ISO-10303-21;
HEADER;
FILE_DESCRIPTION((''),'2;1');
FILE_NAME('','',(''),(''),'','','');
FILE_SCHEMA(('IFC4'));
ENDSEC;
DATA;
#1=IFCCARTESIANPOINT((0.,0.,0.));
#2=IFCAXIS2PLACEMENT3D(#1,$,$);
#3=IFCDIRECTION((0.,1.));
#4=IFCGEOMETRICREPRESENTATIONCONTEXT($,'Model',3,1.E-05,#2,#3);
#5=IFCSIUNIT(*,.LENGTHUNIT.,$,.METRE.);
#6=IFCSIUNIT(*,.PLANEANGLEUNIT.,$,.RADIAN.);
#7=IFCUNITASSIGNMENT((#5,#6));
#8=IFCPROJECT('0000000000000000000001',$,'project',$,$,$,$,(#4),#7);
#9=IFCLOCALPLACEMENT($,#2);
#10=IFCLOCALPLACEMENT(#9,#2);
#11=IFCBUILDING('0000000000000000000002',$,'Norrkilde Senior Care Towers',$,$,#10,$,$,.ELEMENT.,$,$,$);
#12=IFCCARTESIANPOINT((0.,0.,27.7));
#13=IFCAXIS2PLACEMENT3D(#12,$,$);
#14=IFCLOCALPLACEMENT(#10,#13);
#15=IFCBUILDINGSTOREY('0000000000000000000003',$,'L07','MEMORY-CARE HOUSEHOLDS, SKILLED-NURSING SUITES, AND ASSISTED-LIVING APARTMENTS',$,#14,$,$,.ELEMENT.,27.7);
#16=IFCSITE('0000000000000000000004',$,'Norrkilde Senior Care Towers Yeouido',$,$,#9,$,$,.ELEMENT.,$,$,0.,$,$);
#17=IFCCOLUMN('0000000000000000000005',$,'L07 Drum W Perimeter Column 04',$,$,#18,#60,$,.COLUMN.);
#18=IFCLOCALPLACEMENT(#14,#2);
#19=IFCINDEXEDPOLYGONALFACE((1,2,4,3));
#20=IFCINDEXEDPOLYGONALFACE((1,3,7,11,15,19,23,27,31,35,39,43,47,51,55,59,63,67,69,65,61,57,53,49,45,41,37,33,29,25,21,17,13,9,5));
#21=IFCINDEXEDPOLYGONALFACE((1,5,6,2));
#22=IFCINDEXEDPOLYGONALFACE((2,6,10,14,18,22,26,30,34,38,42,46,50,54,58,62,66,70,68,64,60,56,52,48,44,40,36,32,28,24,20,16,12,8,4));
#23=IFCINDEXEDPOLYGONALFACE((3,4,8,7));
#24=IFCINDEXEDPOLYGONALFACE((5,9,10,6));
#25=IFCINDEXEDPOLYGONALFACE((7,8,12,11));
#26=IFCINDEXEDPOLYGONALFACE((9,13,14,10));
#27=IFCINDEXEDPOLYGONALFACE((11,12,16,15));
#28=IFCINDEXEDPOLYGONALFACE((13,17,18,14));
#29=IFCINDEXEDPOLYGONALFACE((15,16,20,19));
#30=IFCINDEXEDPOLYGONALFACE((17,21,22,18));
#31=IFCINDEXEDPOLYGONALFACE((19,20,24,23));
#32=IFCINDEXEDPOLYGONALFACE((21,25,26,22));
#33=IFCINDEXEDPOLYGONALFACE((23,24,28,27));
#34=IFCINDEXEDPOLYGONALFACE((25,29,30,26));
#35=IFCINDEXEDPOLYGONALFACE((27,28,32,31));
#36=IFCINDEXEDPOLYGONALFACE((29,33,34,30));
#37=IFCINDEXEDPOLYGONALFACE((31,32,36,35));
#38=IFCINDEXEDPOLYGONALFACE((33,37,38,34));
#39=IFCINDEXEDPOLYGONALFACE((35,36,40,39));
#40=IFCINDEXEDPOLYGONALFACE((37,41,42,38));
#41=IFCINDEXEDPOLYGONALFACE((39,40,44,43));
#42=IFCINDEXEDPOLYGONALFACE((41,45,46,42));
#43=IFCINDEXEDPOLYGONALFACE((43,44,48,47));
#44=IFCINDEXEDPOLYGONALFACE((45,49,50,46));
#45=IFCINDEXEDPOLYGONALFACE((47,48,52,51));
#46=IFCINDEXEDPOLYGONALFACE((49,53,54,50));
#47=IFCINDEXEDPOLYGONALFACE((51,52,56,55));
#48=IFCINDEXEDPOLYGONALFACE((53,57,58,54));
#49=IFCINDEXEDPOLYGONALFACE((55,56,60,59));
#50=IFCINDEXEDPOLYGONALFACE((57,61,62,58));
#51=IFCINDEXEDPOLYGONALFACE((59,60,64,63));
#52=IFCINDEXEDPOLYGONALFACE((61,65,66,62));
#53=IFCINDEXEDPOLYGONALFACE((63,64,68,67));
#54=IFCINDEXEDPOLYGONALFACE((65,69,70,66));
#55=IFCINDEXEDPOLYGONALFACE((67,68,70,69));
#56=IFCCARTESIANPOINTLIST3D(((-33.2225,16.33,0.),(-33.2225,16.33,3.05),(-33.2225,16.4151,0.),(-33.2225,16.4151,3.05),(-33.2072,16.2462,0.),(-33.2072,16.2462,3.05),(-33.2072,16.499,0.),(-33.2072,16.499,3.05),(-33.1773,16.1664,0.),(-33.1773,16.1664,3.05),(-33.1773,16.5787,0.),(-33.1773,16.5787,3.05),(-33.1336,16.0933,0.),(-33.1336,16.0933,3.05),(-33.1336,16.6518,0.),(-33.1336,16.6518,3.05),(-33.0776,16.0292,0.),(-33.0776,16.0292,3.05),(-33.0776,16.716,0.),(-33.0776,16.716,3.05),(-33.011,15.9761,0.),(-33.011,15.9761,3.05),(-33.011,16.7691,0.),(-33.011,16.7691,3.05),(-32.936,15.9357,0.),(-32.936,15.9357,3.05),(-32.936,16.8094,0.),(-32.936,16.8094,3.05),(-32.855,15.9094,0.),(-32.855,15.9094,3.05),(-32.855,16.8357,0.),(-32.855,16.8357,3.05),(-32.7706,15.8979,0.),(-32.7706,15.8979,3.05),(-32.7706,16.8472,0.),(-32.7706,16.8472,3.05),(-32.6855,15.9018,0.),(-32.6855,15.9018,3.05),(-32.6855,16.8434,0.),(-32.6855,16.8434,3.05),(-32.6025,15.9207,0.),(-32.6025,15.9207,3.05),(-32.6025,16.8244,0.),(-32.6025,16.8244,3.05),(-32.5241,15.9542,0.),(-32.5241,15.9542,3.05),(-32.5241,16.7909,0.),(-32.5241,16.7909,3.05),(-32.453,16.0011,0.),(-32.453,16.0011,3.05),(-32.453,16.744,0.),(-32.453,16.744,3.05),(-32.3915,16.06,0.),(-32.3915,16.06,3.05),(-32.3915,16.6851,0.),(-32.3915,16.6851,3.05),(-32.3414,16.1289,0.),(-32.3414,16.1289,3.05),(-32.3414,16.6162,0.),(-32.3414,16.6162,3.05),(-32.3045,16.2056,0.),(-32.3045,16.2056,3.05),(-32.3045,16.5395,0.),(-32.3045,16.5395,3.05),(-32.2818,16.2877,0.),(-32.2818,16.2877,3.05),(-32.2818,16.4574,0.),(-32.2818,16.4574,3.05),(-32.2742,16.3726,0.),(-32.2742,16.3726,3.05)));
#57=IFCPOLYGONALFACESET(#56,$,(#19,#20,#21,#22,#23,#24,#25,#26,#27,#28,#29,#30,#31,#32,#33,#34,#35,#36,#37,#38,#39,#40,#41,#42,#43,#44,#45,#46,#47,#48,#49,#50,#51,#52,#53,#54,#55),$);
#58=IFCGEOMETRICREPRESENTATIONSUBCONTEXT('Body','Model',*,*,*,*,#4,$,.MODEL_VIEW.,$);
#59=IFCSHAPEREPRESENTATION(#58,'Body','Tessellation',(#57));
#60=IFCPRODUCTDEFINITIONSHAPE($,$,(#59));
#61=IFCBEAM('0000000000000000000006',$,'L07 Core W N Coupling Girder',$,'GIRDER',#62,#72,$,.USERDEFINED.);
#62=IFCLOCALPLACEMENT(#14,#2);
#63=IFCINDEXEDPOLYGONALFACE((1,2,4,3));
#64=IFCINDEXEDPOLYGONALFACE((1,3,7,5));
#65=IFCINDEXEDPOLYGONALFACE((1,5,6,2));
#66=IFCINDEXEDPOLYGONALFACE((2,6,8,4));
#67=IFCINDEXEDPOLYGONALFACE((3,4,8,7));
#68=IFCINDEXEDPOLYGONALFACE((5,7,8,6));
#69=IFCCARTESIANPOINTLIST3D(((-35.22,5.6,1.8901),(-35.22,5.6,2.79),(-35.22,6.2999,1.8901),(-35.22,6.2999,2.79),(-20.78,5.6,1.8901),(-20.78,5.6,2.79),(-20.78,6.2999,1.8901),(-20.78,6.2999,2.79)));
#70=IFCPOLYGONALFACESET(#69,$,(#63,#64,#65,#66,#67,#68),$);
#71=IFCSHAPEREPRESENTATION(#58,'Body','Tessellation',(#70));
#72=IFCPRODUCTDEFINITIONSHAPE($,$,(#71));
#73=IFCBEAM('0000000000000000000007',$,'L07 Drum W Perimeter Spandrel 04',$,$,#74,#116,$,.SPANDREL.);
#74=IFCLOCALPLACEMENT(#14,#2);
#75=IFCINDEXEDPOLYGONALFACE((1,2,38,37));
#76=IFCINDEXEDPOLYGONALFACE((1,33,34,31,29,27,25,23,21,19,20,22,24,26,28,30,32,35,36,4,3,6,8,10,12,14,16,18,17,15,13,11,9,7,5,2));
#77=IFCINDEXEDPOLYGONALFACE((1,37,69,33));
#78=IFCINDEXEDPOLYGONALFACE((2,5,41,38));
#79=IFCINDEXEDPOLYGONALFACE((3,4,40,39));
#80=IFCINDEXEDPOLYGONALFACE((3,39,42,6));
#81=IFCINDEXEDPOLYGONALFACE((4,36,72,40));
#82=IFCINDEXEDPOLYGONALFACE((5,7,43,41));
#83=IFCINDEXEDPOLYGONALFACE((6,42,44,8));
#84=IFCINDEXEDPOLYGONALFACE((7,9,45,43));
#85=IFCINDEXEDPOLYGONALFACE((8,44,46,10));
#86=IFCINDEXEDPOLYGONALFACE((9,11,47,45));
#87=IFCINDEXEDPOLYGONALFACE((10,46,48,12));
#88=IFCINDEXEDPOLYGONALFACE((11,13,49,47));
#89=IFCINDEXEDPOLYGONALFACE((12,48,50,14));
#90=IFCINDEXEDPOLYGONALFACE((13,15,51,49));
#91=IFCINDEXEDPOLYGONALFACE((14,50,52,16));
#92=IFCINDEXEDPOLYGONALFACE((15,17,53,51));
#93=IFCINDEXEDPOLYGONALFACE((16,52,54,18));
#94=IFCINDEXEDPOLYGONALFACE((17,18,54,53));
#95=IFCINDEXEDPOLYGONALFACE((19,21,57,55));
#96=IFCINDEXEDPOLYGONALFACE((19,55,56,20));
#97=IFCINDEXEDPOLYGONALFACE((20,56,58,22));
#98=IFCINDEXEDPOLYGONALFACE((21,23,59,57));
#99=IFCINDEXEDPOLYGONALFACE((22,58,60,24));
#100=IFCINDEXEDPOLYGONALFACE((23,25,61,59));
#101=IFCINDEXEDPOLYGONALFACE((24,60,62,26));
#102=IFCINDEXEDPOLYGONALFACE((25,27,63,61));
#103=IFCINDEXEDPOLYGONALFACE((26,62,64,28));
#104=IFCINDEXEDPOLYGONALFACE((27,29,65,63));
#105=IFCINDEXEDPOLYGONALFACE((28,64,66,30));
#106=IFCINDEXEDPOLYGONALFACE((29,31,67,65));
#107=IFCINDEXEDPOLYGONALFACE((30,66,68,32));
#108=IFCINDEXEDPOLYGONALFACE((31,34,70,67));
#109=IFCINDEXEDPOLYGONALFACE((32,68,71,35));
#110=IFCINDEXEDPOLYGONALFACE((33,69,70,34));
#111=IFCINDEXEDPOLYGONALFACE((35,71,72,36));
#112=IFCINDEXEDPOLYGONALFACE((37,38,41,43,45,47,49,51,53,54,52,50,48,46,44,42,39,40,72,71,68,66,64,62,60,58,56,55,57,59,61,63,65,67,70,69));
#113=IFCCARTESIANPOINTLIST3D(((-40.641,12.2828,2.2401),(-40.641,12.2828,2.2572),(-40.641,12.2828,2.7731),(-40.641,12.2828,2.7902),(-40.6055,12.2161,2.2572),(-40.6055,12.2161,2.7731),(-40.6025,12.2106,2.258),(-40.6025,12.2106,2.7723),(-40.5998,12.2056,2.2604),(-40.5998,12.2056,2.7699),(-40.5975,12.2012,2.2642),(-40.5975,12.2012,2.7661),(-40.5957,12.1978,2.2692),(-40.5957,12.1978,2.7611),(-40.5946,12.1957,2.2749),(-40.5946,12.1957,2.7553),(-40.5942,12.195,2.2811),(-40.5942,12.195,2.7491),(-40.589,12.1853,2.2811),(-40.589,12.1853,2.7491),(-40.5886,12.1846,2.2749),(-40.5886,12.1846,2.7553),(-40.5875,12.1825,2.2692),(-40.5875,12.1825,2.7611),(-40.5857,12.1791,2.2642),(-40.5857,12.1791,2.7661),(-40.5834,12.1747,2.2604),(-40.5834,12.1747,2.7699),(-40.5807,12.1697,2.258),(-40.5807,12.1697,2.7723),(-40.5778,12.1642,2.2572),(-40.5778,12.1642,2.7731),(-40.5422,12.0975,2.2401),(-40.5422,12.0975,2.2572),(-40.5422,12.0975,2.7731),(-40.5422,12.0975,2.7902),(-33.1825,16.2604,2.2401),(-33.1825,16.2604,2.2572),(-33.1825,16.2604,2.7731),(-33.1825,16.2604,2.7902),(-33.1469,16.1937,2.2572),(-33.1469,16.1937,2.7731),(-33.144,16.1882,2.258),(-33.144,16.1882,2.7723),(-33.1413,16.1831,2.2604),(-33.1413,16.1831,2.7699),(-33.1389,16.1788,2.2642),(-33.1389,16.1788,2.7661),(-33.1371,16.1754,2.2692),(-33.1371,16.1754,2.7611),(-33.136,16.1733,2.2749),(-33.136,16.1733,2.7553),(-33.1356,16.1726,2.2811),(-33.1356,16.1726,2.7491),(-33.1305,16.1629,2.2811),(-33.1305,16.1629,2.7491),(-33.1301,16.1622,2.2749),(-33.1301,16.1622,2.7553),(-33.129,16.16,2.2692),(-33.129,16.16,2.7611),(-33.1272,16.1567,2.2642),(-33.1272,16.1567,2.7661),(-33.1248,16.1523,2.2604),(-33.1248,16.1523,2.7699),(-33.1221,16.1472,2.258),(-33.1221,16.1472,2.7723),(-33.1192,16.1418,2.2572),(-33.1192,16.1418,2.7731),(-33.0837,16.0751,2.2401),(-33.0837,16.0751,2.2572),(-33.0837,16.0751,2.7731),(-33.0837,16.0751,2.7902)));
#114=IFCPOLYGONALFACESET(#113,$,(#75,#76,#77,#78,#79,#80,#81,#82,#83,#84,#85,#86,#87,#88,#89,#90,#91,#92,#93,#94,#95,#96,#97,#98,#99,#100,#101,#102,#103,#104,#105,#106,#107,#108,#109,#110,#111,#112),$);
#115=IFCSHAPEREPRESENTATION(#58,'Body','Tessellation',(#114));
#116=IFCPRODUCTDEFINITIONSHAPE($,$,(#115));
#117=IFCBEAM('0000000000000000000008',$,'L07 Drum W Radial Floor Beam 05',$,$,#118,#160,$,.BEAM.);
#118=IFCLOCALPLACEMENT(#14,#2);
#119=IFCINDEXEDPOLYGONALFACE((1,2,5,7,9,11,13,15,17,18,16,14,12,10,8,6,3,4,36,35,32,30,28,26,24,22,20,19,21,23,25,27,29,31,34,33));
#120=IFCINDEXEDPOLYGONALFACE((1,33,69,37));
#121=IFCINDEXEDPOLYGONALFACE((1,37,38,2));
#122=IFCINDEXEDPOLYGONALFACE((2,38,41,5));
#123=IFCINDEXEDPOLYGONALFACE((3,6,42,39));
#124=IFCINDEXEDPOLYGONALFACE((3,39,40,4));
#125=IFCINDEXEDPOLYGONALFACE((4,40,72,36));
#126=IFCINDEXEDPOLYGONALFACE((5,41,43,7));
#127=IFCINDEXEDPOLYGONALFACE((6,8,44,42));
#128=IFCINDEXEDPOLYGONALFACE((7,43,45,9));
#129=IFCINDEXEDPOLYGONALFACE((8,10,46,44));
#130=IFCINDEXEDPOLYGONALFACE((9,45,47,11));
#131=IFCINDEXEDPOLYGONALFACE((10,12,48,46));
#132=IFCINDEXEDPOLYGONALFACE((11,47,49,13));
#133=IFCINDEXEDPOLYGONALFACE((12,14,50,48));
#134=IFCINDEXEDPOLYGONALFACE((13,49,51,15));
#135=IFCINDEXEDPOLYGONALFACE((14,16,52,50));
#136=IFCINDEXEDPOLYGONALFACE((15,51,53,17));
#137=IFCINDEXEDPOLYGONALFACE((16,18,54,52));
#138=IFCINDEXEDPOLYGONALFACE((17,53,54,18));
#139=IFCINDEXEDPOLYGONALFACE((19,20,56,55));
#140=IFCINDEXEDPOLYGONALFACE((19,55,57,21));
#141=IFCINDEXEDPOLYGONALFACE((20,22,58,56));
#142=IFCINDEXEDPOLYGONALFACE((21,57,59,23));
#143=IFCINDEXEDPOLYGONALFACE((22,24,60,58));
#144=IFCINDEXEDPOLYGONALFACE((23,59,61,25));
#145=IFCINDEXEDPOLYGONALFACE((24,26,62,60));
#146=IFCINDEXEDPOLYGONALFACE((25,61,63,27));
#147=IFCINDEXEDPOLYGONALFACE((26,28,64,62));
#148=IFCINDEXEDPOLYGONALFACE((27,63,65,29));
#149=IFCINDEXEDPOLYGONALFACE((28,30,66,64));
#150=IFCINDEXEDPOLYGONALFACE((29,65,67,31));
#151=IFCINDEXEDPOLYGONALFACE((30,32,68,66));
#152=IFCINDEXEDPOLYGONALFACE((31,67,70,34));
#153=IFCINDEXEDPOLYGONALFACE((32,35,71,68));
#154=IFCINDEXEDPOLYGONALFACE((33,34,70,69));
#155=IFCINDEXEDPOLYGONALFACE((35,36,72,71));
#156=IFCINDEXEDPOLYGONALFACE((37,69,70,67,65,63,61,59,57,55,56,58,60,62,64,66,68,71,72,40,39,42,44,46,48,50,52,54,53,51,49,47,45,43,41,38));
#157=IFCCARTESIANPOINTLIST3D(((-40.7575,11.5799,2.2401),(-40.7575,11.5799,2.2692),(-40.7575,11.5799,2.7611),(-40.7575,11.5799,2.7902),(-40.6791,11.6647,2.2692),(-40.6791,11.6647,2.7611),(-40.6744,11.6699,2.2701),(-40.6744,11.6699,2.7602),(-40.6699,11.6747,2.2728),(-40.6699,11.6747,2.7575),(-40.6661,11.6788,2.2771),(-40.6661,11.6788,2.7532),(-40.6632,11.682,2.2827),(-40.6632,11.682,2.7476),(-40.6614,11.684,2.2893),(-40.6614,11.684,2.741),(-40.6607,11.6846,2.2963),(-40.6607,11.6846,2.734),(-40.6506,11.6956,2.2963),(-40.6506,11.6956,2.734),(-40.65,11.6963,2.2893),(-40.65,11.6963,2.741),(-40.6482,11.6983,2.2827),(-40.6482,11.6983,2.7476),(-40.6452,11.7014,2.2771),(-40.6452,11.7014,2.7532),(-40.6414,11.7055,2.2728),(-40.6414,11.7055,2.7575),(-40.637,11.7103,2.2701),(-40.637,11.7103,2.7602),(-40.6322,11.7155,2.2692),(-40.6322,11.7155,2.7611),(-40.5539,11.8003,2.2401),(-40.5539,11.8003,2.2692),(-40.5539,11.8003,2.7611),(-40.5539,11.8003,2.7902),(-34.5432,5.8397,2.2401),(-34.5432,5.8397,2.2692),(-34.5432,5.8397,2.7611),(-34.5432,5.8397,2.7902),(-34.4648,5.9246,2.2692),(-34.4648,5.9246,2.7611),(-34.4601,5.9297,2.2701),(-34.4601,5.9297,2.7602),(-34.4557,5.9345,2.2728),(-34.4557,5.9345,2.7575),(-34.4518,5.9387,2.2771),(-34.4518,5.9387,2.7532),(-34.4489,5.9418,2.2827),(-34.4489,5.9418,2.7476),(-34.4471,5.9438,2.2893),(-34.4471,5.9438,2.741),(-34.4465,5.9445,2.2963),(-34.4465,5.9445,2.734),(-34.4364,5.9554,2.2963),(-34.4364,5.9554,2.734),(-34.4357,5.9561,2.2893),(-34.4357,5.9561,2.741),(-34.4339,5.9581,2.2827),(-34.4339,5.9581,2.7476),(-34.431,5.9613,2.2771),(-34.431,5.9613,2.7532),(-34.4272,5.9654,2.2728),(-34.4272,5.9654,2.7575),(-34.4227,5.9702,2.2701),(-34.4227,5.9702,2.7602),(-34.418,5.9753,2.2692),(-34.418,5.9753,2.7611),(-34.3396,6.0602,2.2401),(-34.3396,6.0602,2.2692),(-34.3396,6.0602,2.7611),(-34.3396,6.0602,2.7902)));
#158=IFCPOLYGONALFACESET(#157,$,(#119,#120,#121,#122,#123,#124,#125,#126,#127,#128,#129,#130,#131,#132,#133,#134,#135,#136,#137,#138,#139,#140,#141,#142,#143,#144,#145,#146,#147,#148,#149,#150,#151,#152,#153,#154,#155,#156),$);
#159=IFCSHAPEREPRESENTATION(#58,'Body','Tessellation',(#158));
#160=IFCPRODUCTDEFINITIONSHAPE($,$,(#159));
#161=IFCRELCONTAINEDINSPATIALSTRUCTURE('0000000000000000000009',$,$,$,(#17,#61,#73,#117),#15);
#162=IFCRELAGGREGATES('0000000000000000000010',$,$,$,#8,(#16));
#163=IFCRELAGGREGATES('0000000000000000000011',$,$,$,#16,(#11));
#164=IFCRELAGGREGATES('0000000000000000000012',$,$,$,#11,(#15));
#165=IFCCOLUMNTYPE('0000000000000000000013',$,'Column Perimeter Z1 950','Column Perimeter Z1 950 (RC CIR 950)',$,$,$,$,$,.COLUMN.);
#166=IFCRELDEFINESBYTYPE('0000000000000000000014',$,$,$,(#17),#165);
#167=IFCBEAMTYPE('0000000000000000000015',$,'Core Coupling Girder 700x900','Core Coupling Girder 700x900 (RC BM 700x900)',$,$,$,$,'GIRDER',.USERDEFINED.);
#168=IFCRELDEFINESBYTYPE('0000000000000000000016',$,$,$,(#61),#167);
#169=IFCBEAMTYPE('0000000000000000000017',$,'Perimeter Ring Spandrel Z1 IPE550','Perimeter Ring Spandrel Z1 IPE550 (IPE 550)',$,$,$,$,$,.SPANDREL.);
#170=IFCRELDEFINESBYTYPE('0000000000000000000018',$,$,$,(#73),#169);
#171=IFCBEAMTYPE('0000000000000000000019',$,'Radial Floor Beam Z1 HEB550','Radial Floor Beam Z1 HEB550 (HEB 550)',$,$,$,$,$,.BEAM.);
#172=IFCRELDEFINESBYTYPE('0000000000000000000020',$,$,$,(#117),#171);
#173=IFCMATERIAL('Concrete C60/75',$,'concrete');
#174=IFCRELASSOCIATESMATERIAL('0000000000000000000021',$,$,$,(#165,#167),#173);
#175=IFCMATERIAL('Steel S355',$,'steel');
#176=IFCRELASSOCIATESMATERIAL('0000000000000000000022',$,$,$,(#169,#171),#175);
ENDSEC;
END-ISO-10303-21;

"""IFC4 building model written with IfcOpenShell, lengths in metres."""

from ifc_helpers import new_model, si_unit, direction, frame, origin, origin_2d, place, context, subcontext, project, spatial, rectangle, circle, i_section, extrude, source, transform, mapped, material, material_profile, profile_set, type_object, type_shapes, element, save


model = new_model("IFC4")

# Units and contexts
model_context = context("Model", 3, precision=1e-05, world=origin(), true_north=direction((0.0, 1.0)))
body_context = subcontext(model_context, "Body", "Model", "MODEL_VIEW")
ifc_project = project(units=[si_unit("LENGTHUNIT", "METRE"), si_unit("PLANEANGLEUNIT", "RADIAN")], contexts=[model_context])

# Site, building, storey
site_placement = place(None, origin())
site = spatial("IfcSite", under=ifc_project, at=site_placement, Name="Norrkilde Senior Care Towers Yeouido", CompositionType="ELEMENT", RefElevation=0.0)
building_placement = place(site_placement, origin())
building = spatial("IfcBuilding", under=site, at=building_placement, Name="Norrkilde Senior Care Towers", CompositionType="ELEMENT")
storey_placement = place(building_placement, frame((0.0, 0.0, 27.7)))
storey = spatial("IfcBuildingStorey", under=building, at=storey_placement, Name="L07", Description="MEMORY-CARE HOUSEHOLDS, SKILLED-NURSING SUITES, AND ASSISTED-LIVING APARTMENTS", CompositionType="ELEMENT", Elevation=27.7)

# Column
ifc_material_1 = material(Name="Concrete C60/75", Category="concrete")
ifc_material_profile_1 = material_profile(ifc_material_1, circle(Radius=0.4751, at=origin_2d()), Name="RC CIR 950")
ifc_profile_set_1 = profile_set([ifc_material_profile_1], Name="Concrete C60/75")
column_type = type_object("IfcColumnType", Name="Column Perimeter Z1 950", Description="Column Perimeter Z1 950 (RC CIR 950)", PredefinedType="COLUMN", material=ifc_profile_set_1)
shared_shape_1 = source(origin(), body_context, "Body", "SweptSolid", [
    extrude(circle(Radius=0.4751, at=origin_2d()), origin(), (0.0, 0.0, 1.0), 3.05),
])
type_shapes(column_type, [shared_shape_1])
column_placement = place(storey_placement, frame((-32.7493, 16.3726, 0.0), z_axis=(0.0, 0.0, 1.0), x_axis=(1.0, 0.0, 0.0)))
element("IfcColumn", 1, at=column_placement, inside=storey, type_object=column_type, Name="L07 Drum W Perimeter Column 04", PredefinedType="COLUMN", context=body_context, shape_type="MappedRepresentation", body=[
    mapped(shared_shape_1, transform((0.0, 0.0, 0.0), x_axis=(1.0, 0.0, 0.0), y_axis=(0.0, 1.0, 0.0), z_axis=(0.0, 0.0, 1.0), scale=1.0)),
])

# Beams
ifc_material_profile_2 = material_profile(ifc_material_1, rectangle(XDim=0.7, YDim=0.8999, at=origin_2d()), Name="RC BM 700x900")
ifc_profile_set_2 = profile_set([ifc_material_profile_2], Name="Concrete C60/75")
beam_type_1 = type_object("IfcBeamType", Name="Core Coupling Girder 700x900", Description="Core Coupling Girder 700x900 (RC BM 700x900)", ElementType="GIRDER", PredefinedType="USERDEFINED", material=ifc_profile_set_2)
shared_shape_2 = source(origin(), body_context, "Body", "SweptSolid", [
    extrude(rectangle(XDim=0.7, YDim=0.8999, at=origin_2d()), origin(), (0.0, 0.0, 1.0), 14.4399),
])
type_shapes(beam_type_1, [shared_shape_2])
beam_1_placement = place(storey_placement, frame((-35.22, 5.95, 2.3401), z_axis=(1.0, 0.0, 0.0), x_axis=(0.0, 1.0, 0.0)))
element("IfcBeam", 2, at=beam_1_placement, inside=storey, type_object=beam_type_1, Name="L07 Core W N Coupling Girder", ObjectType="GIRDER", PredefinedType="USERDEFINED", context=body_context, shape_type="MappedRepresentation", body=[
    mapped(shared_shape_2, transform((0.0, 0.0, 0.0), x_axis=(1.0, 0.0, 0.0), y_axis=(0.0, 1.0, 0.0), z_axis=(0.0, 0.0, 1.0), scale=1.0)),
])
ifc_material_2 = material(Name="Steel S355", Category="steel")
ifc_material_profile_3 = material_profile(ifc_material_2, i_section(OverallWidth=0.21, OverallDepth=0.55, WebThickness=0.011, FlangeThickness=0.0171, FilletRadius=0.0239, at=origin_2d()), Name="IPE 550")
ifc_profile_set_3 = profile_set([ifc_material_profile_3], Name="Steel S355")
beam_type_2 = type_object("IfcBeamType", Name="Perimeter Ring Spandrel Z1 IPE550", Description="Perimeter Ring Spandrel Z1 IPE550 (IPE 550)", PredefinedType="SPANDREL", material=ifc_profile_set_3)
shared_shape_3 = source(origin(), body_context, "Body", "SweptSolid", [
    extrude(i_section(OverallWidth=0.21, OverallDepth=0.55, WebThickness=0.011, FlangeThickness=0.0171, FilletRadius=0.0239, at=origin_2d()), origin(), (0.0, 0.0, 1.0), 8.4529),
])
type_shapes(beam_type_2, [shared_shape_3])
beam_2_placement = place(storey_placement, frame((-33.1331, 16.1677, 2.5151), z_axis=(-0.882369, -0.470558, 0.0), x_axis=(0.470558, -0.882369, 0.0)))
element("IfcBeam", 3, at=beam_2_placement, inside=storey, type_object=beam_type_2, Name="L07 Drum W Perimeter Spandrel 04", PredefinedType="SPANDREL", context=body_context, shape_type="MappedRepresentation", body=[
    mapped(shared_shape_3, transform((0.0, 0.0, 0.0), x_axis=(1.0, 0.0, 0.0), y_axis=(0.0, 1.0, 0.0), z_axis=(0.0, 0.0, 1.0), scale=1.0)),
])
ifc_material_profile_4 = material_profile(ifc_material_2, i_section(OverallWidth=0.3, OverallDepth=0.55, WebThickness=0.0149, FlangeThickness=0.0291, FilletRadius=0.0271, at=origin_2d()), Name="HEB 550")
ifc_profile_set_4 = profile_set([ifc_material_profile_4], Name="Steel S355")
beam_type_3 = type_object("IfcBeamType", Name="Radial Floor Beam Z1 HEB550", Description="Radial Floor Beam Z1 HEB550 (HEB 550)", PredefinedType="BEAM", material=ifc_profile_set_4)
shared_shape_4 = source(origin(), body_context, "Body", "SweptSolid", [
    extrude(i_section(OverallWidth=0.3, OverallDepth=0.55, WebThickness=0.0149, FlangeThickness=0.0291, FilletRadius=0.0271, at=origin_2d()), origin(), (0.0, 0.0, 1.0), 8.4597),
])
beam_3_placement = place(storey_placement, frame((-34.4414, 5.95, 2.5151), z_axis=(-0.734573, 0.678529, 0.0), x_axis=(-0.678529, -0.734573, 0.0)))
element("IfcBeam", 4, at=beam_3_placement, inside=storey, type_object=beam_type_3, Name="L07 Drum W Radial Floor Beam 05", PredefinedType="BEAM", context=body_context, shape_type="MappedRepresentation", body=[
    mapped(shared_shape_4, transform((0.0, 0.0, 0.0), x_axis=(1.0, 0.0, 0.0), y_axis=(0.0, 1.0, 0.0), z_axis=(0.0, 0.0, 1.0), scale=1.0)),
])

save(model, "model.ifc")
